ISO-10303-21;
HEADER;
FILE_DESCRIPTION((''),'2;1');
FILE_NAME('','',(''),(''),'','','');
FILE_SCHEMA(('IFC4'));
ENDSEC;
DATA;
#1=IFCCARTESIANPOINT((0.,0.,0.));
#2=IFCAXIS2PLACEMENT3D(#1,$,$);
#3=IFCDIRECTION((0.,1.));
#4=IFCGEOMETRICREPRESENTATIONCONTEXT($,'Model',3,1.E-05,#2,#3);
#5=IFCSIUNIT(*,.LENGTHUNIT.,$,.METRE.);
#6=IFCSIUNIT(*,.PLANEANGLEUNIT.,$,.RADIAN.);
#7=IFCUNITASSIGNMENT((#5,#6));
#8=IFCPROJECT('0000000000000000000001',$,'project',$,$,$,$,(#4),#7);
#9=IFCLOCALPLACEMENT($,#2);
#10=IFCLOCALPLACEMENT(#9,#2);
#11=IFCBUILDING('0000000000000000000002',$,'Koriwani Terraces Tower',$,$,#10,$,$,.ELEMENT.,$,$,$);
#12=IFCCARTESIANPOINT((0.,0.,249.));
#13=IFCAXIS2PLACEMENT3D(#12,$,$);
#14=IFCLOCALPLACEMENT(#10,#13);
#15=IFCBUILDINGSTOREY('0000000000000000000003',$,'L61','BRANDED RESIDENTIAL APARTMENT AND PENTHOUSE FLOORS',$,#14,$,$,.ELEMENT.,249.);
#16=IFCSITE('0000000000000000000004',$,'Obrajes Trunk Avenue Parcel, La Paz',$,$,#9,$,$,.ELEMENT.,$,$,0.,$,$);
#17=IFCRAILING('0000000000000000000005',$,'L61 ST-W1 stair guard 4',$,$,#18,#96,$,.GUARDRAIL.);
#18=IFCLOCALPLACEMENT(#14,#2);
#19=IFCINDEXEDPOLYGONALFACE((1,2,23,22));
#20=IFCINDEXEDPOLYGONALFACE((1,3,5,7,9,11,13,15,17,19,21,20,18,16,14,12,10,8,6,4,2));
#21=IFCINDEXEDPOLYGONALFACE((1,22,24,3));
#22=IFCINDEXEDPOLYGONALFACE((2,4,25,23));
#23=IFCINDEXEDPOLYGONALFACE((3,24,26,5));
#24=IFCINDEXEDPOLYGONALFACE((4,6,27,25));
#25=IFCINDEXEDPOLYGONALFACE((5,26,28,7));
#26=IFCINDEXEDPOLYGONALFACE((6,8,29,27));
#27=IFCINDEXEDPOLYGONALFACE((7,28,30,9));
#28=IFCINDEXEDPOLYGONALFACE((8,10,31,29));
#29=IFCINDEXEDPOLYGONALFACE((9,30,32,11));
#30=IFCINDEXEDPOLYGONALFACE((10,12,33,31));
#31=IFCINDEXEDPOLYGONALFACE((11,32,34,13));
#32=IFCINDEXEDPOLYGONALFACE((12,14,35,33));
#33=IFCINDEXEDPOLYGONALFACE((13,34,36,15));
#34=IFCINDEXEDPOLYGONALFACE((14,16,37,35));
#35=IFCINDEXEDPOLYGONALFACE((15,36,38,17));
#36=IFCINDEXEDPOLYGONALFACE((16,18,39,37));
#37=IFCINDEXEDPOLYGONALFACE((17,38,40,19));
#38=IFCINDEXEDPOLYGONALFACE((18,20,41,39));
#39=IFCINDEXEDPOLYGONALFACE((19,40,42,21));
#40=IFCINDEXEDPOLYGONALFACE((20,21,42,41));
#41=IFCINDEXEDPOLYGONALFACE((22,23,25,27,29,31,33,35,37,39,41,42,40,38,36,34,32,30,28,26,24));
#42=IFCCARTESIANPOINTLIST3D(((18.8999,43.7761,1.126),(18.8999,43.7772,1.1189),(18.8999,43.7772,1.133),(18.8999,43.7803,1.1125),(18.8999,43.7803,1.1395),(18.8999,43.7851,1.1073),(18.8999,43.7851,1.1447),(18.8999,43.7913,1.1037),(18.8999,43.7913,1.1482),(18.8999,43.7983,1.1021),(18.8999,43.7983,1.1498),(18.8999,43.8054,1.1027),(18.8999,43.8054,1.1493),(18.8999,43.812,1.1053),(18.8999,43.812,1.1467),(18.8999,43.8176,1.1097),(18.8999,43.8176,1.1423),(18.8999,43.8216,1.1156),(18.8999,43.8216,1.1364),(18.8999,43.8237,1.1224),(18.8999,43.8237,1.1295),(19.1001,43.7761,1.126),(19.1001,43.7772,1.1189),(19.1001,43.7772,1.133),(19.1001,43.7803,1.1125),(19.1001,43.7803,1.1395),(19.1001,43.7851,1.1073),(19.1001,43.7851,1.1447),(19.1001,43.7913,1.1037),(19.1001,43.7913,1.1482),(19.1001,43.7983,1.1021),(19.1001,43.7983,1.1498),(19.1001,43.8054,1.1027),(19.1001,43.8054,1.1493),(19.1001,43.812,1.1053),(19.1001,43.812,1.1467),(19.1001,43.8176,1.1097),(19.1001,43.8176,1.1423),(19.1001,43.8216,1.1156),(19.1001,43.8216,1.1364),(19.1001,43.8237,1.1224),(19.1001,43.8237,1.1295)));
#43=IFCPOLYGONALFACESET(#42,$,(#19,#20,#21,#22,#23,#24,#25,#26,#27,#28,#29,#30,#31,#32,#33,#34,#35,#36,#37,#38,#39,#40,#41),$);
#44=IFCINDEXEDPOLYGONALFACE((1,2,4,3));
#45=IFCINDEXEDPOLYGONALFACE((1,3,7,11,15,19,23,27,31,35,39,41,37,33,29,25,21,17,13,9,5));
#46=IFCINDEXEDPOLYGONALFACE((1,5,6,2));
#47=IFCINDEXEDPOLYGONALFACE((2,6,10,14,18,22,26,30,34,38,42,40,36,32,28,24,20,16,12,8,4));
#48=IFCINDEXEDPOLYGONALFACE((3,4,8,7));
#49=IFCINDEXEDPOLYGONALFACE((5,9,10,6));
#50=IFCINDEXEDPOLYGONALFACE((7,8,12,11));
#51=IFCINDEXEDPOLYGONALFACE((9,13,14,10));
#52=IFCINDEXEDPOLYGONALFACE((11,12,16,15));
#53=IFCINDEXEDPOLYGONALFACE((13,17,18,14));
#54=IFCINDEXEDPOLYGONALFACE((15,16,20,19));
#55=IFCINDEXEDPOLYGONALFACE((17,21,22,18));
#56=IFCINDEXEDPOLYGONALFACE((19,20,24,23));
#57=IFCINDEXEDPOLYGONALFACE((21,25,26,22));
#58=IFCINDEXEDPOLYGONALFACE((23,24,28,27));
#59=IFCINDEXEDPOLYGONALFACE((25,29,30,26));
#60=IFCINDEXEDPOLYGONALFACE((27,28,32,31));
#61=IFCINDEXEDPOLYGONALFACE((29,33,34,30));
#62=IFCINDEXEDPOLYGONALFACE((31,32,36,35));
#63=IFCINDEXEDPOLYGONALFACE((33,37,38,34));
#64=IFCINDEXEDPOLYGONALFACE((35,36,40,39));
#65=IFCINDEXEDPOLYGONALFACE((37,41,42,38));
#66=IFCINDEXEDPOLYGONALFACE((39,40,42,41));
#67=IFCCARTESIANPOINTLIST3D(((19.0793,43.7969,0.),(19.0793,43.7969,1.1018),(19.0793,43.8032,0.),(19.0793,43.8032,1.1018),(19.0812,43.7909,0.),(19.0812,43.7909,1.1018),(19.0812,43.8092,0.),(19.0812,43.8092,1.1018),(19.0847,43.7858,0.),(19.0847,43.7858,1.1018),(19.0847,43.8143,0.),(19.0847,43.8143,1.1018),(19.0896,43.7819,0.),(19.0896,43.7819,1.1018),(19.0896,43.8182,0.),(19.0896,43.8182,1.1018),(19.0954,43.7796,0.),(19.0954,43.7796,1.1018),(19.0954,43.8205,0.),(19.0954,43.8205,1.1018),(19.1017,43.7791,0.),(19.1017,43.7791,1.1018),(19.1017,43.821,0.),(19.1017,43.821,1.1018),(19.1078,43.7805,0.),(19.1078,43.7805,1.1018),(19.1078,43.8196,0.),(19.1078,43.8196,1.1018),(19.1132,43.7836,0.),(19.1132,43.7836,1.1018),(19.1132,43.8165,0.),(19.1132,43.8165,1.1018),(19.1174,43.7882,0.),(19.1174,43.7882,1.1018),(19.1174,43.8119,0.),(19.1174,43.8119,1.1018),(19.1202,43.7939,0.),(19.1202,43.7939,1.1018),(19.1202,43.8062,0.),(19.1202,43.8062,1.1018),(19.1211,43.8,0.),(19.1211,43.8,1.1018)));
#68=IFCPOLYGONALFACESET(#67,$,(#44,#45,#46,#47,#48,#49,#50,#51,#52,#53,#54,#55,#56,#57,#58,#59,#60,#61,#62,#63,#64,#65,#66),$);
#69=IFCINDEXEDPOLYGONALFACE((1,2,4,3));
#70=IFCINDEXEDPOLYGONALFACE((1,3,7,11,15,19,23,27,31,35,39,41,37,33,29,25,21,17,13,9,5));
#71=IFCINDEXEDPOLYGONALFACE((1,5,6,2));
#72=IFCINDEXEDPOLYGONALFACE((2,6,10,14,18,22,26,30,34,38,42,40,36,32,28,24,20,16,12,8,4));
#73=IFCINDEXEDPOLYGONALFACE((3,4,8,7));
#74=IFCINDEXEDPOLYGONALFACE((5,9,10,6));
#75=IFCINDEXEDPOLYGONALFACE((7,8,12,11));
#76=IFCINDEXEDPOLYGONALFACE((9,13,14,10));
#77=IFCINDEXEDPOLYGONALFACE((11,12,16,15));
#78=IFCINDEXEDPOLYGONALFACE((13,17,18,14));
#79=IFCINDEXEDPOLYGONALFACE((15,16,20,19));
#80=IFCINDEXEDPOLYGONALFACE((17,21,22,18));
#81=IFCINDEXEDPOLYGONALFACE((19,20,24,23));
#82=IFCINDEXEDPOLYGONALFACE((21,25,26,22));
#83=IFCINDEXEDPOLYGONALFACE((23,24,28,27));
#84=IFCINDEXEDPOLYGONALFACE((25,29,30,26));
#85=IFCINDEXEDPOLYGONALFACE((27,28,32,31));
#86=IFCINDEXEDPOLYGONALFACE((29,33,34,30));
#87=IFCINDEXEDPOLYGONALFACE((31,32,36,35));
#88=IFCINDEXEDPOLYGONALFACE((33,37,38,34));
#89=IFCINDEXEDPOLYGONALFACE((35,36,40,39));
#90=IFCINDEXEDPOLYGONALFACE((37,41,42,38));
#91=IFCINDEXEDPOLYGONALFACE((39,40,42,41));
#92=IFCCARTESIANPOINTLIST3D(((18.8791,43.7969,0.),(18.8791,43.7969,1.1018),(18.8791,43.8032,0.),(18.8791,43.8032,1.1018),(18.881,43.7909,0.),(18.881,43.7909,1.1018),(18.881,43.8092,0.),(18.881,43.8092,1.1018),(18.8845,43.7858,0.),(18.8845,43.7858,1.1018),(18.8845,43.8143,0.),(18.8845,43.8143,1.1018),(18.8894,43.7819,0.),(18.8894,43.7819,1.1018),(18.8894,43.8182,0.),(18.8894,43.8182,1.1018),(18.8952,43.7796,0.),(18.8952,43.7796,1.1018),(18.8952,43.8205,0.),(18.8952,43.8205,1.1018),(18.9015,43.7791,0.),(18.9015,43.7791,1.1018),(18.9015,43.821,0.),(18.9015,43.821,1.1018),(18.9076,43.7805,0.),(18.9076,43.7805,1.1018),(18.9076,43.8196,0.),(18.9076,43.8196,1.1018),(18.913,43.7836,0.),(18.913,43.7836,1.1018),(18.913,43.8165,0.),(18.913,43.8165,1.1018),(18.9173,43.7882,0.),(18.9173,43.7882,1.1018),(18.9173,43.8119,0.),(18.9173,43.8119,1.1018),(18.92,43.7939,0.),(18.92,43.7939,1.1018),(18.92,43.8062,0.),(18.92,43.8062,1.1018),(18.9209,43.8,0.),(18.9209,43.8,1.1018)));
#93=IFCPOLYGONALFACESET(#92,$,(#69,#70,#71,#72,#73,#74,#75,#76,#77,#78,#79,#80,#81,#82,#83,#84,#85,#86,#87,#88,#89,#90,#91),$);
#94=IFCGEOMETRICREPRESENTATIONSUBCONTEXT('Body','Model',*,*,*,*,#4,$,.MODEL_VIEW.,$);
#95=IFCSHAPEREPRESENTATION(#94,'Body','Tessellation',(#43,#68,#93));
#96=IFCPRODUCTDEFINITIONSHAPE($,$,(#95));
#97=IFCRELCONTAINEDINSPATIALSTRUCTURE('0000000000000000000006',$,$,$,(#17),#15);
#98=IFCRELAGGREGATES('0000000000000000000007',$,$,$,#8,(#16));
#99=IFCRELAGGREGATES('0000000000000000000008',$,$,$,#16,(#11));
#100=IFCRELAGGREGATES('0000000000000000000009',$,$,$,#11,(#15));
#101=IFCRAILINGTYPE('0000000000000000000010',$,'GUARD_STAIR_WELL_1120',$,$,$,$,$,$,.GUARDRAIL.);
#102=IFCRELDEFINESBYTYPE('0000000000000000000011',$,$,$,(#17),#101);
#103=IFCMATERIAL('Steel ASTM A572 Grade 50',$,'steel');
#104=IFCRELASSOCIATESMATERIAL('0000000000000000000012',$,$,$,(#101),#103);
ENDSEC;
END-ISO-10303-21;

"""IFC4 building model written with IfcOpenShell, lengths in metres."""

from ifc_helpers import new_model, si_unit, direction, frame, origin, origin_2d, place, context, subcontext, project, spatial, circle, extrude, material, type_object, element, save


model = new_model("IFC4")

# Units and contexts
model_context = context("Model", 3, precision=1e-05, world=origin(), true_north=direction((0.0, 1.0)))
body_context = subcontext(model_context, "Body", "Model", "MODEL_VIEW")
ifc_project = project(units=[si_unit("LENGTHUNIT", "METRE"), si_unit("PLANEANGLEUNIT", "RADIAN")], contexts=[model_context])

# Site, building, storey
site_placement = place(None, origin())
site = spatial("IfcSite", under=ifc_project, at=site_placement, Name="Obrajes Trunk Avenue Parcel, La Paz", CompositionType="ELEMENT", RefElevation=0.0)
building_placement = place(site_placement, origin())
building = spatial("IfcBuilding", under=site, at=building_placement, Name="Koriwani Terraces Tower", CompositionType="ELEMENT")
storey_placement = place(building_placement, frame((0.0, 0.0, 249.0)))
storey = spatial("IfcBuildingStorey", under=building, at=storey_placement, Name="L61", Description="BRANDED RESIDENTIAL APARTMENT AND PENTHOUSE FLOORS", CompositionType="ELEMENT", Elevation=249.0)

# Shared definitions
ifc_material_1 = material(Name="Steel ASTM A572 Grade 50", Category="steel")

# Railing
railing_type = type_object("IfcRailingType", Name="GUARD_STAIR_WELL_1120", PredefinedType="GUARDRAIL", material=ifc_material_1)
railing_placement = place(storey_placement, frame((19.1001, 43.8, 0.0)))
element("IfcRailing", 1, at=railing_placement, inside=storey, type_object=railing_type, Name="L61 ST-W1 stair guard 4", PredefinedType="GUARDRAIL", context=body_context, shape_type="SweptSolid", body=[
    extrude(circle(Radius=0.0239, at=origin_2d()), frame((0.0, 0.0, 1.126), z_axis=(-1.0, 0.0, 0.0), x_axis=(0.0, -1.0, 0.0)), (0.0, 0.0, 1.0), 0.2002),
    extrude(circle(Radius=0.021, at=origin_2d()), origin(), (0.0, 0.0, 1.0), 1.1018),
    extrude(circle(Radius=0.021, at=origin_2d()), frame((-0.2002, 0.0, 0.0)), (0.0, 0.0, 1.0), 1.1018),
])

save(model, "model.ifc")
